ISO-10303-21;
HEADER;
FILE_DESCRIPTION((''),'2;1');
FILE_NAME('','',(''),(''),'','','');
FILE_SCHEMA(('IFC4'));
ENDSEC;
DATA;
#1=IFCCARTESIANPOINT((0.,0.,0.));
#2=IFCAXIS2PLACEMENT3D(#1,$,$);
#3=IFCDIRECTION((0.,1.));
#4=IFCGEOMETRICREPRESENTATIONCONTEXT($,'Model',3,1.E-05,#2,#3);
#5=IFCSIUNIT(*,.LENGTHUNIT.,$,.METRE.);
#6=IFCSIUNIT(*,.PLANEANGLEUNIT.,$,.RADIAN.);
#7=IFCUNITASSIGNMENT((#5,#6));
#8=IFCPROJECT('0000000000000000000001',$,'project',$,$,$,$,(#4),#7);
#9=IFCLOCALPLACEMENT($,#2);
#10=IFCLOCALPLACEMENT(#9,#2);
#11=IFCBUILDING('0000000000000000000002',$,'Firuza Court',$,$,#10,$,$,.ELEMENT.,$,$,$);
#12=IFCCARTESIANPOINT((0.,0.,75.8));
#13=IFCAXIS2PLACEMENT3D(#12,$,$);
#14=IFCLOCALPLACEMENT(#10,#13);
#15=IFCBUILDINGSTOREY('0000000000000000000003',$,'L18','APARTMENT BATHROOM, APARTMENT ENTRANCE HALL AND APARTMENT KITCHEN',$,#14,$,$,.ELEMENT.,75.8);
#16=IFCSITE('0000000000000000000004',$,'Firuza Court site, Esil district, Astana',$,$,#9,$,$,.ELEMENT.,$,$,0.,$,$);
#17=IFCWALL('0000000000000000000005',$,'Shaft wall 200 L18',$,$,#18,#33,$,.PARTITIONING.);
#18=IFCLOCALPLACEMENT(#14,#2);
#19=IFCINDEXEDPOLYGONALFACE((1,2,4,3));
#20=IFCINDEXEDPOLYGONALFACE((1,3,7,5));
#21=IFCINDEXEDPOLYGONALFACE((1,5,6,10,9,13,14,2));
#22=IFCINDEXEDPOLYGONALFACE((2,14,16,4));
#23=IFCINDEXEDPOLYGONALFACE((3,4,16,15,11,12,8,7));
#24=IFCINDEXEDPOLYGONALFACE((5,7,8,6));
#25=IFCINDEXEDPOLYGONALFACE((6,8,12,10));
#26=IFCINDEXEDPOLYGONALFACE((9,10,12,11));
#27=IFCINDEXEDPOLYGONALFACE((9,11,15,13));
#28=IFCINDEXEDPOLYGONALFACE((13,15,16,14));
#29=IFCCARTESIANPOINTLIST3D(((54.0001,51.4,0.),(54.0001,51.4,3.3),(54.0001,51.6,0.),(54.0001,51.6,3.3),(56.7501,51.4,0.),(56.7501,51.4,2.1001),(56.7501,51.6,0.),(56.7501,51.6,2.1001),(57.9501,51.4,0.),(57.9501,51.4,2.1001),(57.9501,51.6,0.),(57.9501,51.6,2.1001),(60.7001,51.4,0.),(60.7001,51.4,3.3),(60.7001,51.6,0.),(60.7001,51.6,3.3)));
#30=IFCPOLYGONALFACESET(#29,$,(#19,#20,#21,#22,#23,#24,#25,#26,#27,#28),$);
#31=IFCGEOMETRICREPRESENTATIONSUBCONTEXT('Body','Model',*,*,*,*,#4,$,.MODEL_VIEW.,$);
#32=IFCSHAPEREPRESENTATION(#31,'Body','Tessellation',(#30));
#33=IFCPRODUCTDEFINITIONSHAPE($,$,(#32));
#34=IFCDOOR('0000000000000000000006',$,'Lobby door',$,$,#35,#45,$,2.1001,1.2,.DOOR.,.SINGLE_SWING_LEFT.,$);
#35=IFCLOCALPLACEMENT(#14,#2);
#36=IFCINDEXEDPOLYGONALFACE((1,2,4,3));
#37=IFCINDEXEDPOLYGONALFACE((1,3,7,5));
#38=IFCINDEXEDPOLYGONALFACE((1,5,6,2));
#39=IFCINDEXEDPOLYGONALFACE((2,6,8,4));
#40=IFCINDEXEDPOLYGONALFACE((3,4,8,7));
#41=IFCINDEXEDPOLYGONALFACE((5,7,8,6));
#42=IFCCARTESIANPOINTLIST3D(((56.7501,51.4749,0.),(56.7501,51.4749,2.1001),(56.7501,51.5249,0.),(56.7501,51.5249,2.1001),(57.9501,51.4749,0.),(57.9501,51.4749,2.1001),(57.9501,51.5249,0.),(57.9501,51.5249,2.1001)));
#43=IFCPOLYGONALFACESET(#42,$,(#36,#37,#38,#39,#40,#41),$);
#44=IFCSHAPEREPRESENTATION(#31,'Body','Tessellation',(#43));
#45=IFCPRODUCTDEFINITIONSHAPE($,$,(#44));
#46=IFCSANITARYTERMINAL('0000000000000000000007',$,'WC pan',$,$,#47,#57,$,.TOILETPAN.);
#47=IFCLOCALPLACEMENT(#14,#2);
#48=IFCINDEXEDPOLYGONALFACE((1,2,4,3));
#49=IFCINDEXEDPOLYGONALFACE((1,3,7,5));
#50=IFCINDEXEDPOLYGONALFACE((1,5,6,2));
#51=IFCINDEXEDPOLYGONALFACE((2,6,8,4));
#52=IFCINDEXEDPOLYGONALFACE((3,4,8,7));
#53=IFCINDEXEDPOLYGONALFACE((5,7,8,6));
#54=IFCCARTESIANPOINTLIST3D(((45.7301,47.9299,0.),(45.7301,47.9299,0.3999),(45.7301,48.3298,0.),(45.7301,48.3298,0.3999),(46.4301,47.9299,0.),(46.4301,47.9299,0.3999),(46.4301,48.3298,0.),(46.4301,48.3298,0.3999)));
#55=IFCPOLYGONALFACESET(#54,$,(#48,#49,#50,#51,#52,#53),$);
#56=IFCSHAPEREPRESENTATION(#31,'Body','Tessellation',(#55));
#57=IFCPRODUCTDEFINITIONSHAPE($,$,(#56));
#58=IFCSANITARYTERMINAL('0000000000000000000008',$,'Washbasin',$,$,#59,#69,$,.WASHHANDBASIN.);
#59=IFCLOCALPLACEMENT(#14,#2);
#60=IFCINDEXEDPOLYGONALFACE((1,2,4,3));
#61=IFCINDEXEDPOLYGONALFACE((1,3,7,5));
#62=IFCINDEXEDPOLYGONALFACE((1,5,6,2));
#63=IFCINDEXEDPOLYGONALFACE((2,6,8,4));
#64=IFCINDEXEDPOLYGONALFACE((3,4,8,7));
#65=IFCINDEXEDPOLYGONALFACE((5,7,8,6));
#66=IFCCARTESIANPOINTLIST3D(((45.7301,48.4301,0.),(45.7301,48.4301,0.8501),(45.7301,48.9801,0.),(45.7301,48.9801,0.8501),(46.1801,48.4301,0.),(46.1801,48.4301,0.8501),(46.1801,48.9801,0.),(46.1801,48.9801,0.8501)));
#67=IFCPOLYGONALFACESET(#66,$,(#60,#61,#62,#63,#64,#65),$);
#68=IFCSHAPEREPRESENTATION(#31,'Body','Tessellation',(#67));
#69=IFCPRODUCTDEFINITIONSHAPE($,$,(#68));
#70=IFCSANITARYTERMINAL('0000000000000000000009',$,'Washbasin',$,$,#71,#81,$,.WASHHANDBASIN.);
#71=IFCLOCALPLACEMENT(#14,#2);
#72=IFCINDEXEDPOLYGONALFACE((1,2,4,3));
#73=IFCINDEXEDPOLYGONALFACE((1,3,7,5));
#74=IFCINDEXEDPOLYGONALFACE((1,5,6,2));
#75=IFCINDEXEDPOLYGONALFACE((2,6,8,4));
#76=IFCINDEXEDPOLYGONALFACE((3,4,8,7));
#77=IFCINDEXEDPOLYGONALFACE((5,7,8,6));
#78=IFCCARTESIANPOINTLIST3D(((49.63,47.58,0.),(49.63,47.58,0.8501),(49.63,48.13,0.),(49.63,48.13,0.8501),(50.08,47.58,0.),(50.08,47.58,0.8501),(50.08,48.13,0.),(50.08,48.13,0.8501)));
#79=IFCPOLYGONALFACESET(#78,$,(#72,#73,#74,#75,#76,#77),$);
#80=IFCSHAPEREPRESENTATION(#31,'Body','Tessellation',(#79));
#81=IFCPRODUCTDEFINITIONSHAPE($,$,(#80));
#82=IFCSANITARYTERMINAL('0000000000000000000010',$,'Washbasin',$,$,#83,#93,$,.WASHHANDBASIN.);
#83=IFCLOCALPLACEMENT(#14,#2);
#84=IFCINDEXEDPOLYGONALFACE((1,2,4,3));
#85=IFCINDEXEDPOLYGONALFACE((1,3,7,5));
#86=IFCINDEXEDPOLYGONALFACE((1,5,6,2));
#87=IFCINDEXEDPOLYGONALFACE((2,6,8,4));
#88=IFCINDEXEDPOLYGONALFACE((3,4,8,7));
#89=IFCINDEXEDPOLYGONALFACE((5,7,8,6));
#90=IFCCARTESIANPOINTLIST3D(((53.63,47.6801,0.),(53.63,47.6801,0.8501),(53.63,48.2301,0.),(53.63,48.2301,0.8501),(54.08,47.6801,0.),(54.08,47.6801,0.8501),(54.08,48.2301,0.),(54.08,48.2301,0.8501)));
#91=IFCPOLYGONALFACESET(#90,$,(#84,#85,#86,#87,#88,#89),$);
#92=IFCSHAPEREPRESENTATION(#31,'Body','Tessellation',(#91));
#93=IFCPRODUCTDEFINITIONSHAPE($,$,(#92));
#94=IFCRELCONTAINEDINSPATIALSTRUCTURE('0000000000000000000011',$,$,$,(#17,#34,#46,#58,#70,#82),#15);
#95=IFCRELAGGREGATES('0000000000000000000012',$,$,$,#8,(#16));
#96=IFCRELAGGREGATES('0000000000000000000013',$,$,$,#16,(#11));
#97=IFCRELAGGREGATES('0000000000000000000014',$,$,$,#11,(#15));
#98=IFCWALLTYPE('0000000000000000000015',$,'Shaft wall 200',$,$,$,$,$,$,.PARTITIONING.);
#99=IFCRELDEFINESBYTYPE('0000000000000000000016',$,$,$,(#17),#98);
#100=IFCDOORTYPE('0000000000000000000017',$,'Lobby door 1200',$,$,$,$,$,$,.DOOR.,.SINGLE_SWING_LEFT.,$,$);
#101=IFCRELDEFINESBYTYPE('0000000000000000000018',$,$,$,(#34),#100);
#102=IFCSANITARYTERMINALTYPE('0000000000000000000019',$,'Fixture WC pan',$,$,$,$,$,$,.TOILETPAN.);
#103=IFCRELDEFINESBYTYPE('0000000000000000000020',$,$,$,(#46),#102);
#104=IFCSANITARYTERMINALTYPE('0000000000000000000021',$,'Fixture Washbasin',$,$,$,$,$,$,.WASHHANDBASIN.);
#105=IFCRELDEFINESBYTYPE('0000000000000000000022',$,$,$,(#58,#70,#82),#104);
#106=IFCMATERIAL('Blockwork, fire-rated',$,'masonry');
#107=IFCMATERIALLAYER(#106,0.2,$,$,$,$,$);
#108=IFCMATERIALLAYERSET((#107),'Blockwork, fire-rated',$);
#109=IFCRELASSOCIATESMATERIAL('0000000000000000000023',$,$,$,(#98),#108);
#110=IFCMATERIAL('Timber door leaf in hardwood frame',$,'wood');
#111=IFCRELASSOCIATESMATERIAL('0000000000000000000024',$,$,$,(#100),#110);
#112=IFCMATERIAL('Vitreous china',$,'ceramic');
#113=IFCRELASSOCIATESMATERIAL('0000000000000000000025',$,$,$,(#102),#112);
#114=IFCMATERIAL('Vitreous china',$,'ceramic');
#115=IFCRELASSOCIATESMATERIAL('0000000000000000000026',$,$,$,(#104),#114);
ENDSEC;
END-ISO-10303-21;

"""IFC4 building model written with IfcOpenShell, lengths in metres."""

from ifc_helpers import new_model, si_unit, direction, frame, frame_2d, origin, origin_2d, place, context, subcontext, project, spatial, rectangle, extrude, material, layer, layer_set, type_object, element, fill, save


model = new_model("IFC4")

# Units and contexts
model_context = context("Model", 3, precision=1e-05, world=origin(), true_north=direction((0.0, 1.0)))
body_context = subcontext(model_context, "Body", "Model", "MODEL_VIEW")
ifc_project = project(units=[si_unit("LENGTHUNIT", "METRE"), si_unit("PLANEANGLEUNIT", "RADIAN")], contexts=[model_context])

# Site, building, storey
site_placement = place(None, origin())
site = spatial("IfcSite", under=ifc_project, at=site_placement, Name="Firuza Court site, Esil district, Astana", CompositionType="ELEMENT", RefElevation=0.0)
building_placement = place(site_placement, origin())
building = spatial("IfcBuilding", under=site, at=building_placement, Name="Firuza Court", CompositionType="ELEMENT")
storey_placement = place(building_placement, frame((0.0, 0.0, 75.8)))
storey = spatial("IfcBuildingStorey", under=building, at=storey_placement, Name="L18", Description="APARTMENT BATHROOM, APARTMENT ENTRANCE HALL AND APARTMENT KITCHEN", CompositionType="ELEMENT", Elevation=75.8)

# Shared definitions
ifc_material_1 = material(Name="Blockwork, fire-rated", Category="masonry")
ifc_layer_1 = layer(ifc_material_1, 0.2)
ifc_layer_set_1 = layer_set([ifc_layer_1], Name="Blockwork, fire-rated")
wall_type_1 = type_object("IfcWallType", Name="Shaft wall 200", PredefinedType="PARTITIONING", material=ifc_layer_set_1)
ifc_material_2 = material(Name="Timber door leaf in hardwood frame", Category="wood")
door_type_1 = type_object("IfcDoorType", Name="Lobby door 1200", OperationType="SINGLE_SWING_LEFT", PredefinedType="DOOR", material=ifc_material_2)

# Wall, opening, door
wall_1_placement = place(storey_placement, frame((54.0, 51.5, 0.0), z_axis=(0.0, 0.0, 1.0), x_axis=(1.0, 0.0, 0.0)))
wall_1 = element("IfcWall", 1, at=wall_1_placement, inside=storey, type_object=wall_type_1, Name="Shaft wall 200 L18", PredefinedType="PARTITIONING", context=body_context, shape_type="SweptSolid", body=[
    extrude(rectangle(XDim=6.7, YDim=0.2, at=frame_2d((3.3501, 0.0))), origin(), (0.0, 0.0, 1.0), 3.3),
])
opening_1_placement = place(wall_1_placement, frame((2.75, 0.0, 0.0)))
opening_1 = element("IfcOpeningElement", 2, at=opening_1_placement, cuts=wall_1, PredefinedType="OPENING", context=body_context, shape_type="SweptSolid", body=[
    extrude(rectangle(XDim=1.2, YDim=2.1001, at=frame_2d((0.6001, 1.05))), frame((0.0, 0.1118, 0.0), z_axis=(0.0, -1.0, 0.0), x_axis=(1.0, 0.0, 0.0)), (0.0, 0.0, 1.0), 0.2239),
])
door_1_placement = place(opening_1_placement, origin())
door_1 = element("IfcDoor", 3, at=door_1_placement, inside=storey, type_object=door_type_1, Name="Lobby door", OperationType="SINGLE_SWING_LEFT", OverallHeight=2.1001, OverallWidth=1.2, PredefinedType="DOOR", context=body_context, shape_type="SweptSolid", body=[
    extrude(rectangle(XDim=1.2, YDim=2.1001, at=frame_2d((0.6001, 1.05))), frame((0.0, 0.0249, 0.0), z_axis=(0.0, -1.0, 0.0), x_axis=(1.0, 0.0, 0.0)), (0.0, 0.0, 1.0), 0.05),
])
fill(opening_1, door_1)

# Sanitary terminals
ifc_material_3 = material(Name="Vitreous china", Category="ceramic")
sanitary_terminal_type_1 = type_object("IfcSanitaryTerminalType", Name="Fixture WC pan", PredefinedType="TOILETPAN", material=ifc_material_3)
sanitary_terminal_placement = place(storey_placement, frame((46.0801, 48.1299, 0.0), z_axis=(0.0, 0.0, 1.0), x_axis=(1.0, 0.0, 0.0)))
element("IfcSanitaryTerminal", 4, at=sanitary_terminal_placement, inside=storey, type_object=sanitary_terminal_type_1, Name="WC pan", PredefinedType="TOILETPAN", context=body_context, shape_type="SweptSolid", body=[
    extrude(rectangle(XDim=0.7, YDim=0.3999, at=origin_2d()), origin(), (0.0, 0.0, 1.0), 0.3999),
])
ifc_material_4 = material(Name="Vitreous china", Category="ceramic")
sanitary_terminal_type_2 = type_object("IfcSanitaryTerminalType", Name="Fixture Washbasin", PredefinedType="WASHHANDBASIN", material=ifc_material_4)
for number, where, z_axis, x_axis, name in (
    (5, (45.9551, 48.7051, 0.0), (0.0, 0.0, 1.0), (1.0, 0.0, 0.0), "Washbasin"),
    (6, (49.855, 47.855, 0.0), (0.0, 0.0, 1.0), (1.0, 0.0, 0.0), "Washbasin"),
    (7, (53.855, 47.9551, 0.0), (0.0, 0.0, 1.0), (1.0, 0.0, 0.0), "Washbasin"),
):
    element("IfcSanitaryTerminal", number, at=place(storey_placement, frame(where, z_axis=z_axis, x_axis=x_axis)), inside=storey, type_object=sanitary_terminal_type_2, Name=name, PredefinedType="WASHHANDBASIN", context=body_context, shape_type="SweptSolid", body=[
        extrude(rectangle(XDim=0.45, YDim=0.55, at=origin_2d()), origin(), (0.0, 0.0, 1.0), 0.8501),
    ])

save(model, "model.ifc")
